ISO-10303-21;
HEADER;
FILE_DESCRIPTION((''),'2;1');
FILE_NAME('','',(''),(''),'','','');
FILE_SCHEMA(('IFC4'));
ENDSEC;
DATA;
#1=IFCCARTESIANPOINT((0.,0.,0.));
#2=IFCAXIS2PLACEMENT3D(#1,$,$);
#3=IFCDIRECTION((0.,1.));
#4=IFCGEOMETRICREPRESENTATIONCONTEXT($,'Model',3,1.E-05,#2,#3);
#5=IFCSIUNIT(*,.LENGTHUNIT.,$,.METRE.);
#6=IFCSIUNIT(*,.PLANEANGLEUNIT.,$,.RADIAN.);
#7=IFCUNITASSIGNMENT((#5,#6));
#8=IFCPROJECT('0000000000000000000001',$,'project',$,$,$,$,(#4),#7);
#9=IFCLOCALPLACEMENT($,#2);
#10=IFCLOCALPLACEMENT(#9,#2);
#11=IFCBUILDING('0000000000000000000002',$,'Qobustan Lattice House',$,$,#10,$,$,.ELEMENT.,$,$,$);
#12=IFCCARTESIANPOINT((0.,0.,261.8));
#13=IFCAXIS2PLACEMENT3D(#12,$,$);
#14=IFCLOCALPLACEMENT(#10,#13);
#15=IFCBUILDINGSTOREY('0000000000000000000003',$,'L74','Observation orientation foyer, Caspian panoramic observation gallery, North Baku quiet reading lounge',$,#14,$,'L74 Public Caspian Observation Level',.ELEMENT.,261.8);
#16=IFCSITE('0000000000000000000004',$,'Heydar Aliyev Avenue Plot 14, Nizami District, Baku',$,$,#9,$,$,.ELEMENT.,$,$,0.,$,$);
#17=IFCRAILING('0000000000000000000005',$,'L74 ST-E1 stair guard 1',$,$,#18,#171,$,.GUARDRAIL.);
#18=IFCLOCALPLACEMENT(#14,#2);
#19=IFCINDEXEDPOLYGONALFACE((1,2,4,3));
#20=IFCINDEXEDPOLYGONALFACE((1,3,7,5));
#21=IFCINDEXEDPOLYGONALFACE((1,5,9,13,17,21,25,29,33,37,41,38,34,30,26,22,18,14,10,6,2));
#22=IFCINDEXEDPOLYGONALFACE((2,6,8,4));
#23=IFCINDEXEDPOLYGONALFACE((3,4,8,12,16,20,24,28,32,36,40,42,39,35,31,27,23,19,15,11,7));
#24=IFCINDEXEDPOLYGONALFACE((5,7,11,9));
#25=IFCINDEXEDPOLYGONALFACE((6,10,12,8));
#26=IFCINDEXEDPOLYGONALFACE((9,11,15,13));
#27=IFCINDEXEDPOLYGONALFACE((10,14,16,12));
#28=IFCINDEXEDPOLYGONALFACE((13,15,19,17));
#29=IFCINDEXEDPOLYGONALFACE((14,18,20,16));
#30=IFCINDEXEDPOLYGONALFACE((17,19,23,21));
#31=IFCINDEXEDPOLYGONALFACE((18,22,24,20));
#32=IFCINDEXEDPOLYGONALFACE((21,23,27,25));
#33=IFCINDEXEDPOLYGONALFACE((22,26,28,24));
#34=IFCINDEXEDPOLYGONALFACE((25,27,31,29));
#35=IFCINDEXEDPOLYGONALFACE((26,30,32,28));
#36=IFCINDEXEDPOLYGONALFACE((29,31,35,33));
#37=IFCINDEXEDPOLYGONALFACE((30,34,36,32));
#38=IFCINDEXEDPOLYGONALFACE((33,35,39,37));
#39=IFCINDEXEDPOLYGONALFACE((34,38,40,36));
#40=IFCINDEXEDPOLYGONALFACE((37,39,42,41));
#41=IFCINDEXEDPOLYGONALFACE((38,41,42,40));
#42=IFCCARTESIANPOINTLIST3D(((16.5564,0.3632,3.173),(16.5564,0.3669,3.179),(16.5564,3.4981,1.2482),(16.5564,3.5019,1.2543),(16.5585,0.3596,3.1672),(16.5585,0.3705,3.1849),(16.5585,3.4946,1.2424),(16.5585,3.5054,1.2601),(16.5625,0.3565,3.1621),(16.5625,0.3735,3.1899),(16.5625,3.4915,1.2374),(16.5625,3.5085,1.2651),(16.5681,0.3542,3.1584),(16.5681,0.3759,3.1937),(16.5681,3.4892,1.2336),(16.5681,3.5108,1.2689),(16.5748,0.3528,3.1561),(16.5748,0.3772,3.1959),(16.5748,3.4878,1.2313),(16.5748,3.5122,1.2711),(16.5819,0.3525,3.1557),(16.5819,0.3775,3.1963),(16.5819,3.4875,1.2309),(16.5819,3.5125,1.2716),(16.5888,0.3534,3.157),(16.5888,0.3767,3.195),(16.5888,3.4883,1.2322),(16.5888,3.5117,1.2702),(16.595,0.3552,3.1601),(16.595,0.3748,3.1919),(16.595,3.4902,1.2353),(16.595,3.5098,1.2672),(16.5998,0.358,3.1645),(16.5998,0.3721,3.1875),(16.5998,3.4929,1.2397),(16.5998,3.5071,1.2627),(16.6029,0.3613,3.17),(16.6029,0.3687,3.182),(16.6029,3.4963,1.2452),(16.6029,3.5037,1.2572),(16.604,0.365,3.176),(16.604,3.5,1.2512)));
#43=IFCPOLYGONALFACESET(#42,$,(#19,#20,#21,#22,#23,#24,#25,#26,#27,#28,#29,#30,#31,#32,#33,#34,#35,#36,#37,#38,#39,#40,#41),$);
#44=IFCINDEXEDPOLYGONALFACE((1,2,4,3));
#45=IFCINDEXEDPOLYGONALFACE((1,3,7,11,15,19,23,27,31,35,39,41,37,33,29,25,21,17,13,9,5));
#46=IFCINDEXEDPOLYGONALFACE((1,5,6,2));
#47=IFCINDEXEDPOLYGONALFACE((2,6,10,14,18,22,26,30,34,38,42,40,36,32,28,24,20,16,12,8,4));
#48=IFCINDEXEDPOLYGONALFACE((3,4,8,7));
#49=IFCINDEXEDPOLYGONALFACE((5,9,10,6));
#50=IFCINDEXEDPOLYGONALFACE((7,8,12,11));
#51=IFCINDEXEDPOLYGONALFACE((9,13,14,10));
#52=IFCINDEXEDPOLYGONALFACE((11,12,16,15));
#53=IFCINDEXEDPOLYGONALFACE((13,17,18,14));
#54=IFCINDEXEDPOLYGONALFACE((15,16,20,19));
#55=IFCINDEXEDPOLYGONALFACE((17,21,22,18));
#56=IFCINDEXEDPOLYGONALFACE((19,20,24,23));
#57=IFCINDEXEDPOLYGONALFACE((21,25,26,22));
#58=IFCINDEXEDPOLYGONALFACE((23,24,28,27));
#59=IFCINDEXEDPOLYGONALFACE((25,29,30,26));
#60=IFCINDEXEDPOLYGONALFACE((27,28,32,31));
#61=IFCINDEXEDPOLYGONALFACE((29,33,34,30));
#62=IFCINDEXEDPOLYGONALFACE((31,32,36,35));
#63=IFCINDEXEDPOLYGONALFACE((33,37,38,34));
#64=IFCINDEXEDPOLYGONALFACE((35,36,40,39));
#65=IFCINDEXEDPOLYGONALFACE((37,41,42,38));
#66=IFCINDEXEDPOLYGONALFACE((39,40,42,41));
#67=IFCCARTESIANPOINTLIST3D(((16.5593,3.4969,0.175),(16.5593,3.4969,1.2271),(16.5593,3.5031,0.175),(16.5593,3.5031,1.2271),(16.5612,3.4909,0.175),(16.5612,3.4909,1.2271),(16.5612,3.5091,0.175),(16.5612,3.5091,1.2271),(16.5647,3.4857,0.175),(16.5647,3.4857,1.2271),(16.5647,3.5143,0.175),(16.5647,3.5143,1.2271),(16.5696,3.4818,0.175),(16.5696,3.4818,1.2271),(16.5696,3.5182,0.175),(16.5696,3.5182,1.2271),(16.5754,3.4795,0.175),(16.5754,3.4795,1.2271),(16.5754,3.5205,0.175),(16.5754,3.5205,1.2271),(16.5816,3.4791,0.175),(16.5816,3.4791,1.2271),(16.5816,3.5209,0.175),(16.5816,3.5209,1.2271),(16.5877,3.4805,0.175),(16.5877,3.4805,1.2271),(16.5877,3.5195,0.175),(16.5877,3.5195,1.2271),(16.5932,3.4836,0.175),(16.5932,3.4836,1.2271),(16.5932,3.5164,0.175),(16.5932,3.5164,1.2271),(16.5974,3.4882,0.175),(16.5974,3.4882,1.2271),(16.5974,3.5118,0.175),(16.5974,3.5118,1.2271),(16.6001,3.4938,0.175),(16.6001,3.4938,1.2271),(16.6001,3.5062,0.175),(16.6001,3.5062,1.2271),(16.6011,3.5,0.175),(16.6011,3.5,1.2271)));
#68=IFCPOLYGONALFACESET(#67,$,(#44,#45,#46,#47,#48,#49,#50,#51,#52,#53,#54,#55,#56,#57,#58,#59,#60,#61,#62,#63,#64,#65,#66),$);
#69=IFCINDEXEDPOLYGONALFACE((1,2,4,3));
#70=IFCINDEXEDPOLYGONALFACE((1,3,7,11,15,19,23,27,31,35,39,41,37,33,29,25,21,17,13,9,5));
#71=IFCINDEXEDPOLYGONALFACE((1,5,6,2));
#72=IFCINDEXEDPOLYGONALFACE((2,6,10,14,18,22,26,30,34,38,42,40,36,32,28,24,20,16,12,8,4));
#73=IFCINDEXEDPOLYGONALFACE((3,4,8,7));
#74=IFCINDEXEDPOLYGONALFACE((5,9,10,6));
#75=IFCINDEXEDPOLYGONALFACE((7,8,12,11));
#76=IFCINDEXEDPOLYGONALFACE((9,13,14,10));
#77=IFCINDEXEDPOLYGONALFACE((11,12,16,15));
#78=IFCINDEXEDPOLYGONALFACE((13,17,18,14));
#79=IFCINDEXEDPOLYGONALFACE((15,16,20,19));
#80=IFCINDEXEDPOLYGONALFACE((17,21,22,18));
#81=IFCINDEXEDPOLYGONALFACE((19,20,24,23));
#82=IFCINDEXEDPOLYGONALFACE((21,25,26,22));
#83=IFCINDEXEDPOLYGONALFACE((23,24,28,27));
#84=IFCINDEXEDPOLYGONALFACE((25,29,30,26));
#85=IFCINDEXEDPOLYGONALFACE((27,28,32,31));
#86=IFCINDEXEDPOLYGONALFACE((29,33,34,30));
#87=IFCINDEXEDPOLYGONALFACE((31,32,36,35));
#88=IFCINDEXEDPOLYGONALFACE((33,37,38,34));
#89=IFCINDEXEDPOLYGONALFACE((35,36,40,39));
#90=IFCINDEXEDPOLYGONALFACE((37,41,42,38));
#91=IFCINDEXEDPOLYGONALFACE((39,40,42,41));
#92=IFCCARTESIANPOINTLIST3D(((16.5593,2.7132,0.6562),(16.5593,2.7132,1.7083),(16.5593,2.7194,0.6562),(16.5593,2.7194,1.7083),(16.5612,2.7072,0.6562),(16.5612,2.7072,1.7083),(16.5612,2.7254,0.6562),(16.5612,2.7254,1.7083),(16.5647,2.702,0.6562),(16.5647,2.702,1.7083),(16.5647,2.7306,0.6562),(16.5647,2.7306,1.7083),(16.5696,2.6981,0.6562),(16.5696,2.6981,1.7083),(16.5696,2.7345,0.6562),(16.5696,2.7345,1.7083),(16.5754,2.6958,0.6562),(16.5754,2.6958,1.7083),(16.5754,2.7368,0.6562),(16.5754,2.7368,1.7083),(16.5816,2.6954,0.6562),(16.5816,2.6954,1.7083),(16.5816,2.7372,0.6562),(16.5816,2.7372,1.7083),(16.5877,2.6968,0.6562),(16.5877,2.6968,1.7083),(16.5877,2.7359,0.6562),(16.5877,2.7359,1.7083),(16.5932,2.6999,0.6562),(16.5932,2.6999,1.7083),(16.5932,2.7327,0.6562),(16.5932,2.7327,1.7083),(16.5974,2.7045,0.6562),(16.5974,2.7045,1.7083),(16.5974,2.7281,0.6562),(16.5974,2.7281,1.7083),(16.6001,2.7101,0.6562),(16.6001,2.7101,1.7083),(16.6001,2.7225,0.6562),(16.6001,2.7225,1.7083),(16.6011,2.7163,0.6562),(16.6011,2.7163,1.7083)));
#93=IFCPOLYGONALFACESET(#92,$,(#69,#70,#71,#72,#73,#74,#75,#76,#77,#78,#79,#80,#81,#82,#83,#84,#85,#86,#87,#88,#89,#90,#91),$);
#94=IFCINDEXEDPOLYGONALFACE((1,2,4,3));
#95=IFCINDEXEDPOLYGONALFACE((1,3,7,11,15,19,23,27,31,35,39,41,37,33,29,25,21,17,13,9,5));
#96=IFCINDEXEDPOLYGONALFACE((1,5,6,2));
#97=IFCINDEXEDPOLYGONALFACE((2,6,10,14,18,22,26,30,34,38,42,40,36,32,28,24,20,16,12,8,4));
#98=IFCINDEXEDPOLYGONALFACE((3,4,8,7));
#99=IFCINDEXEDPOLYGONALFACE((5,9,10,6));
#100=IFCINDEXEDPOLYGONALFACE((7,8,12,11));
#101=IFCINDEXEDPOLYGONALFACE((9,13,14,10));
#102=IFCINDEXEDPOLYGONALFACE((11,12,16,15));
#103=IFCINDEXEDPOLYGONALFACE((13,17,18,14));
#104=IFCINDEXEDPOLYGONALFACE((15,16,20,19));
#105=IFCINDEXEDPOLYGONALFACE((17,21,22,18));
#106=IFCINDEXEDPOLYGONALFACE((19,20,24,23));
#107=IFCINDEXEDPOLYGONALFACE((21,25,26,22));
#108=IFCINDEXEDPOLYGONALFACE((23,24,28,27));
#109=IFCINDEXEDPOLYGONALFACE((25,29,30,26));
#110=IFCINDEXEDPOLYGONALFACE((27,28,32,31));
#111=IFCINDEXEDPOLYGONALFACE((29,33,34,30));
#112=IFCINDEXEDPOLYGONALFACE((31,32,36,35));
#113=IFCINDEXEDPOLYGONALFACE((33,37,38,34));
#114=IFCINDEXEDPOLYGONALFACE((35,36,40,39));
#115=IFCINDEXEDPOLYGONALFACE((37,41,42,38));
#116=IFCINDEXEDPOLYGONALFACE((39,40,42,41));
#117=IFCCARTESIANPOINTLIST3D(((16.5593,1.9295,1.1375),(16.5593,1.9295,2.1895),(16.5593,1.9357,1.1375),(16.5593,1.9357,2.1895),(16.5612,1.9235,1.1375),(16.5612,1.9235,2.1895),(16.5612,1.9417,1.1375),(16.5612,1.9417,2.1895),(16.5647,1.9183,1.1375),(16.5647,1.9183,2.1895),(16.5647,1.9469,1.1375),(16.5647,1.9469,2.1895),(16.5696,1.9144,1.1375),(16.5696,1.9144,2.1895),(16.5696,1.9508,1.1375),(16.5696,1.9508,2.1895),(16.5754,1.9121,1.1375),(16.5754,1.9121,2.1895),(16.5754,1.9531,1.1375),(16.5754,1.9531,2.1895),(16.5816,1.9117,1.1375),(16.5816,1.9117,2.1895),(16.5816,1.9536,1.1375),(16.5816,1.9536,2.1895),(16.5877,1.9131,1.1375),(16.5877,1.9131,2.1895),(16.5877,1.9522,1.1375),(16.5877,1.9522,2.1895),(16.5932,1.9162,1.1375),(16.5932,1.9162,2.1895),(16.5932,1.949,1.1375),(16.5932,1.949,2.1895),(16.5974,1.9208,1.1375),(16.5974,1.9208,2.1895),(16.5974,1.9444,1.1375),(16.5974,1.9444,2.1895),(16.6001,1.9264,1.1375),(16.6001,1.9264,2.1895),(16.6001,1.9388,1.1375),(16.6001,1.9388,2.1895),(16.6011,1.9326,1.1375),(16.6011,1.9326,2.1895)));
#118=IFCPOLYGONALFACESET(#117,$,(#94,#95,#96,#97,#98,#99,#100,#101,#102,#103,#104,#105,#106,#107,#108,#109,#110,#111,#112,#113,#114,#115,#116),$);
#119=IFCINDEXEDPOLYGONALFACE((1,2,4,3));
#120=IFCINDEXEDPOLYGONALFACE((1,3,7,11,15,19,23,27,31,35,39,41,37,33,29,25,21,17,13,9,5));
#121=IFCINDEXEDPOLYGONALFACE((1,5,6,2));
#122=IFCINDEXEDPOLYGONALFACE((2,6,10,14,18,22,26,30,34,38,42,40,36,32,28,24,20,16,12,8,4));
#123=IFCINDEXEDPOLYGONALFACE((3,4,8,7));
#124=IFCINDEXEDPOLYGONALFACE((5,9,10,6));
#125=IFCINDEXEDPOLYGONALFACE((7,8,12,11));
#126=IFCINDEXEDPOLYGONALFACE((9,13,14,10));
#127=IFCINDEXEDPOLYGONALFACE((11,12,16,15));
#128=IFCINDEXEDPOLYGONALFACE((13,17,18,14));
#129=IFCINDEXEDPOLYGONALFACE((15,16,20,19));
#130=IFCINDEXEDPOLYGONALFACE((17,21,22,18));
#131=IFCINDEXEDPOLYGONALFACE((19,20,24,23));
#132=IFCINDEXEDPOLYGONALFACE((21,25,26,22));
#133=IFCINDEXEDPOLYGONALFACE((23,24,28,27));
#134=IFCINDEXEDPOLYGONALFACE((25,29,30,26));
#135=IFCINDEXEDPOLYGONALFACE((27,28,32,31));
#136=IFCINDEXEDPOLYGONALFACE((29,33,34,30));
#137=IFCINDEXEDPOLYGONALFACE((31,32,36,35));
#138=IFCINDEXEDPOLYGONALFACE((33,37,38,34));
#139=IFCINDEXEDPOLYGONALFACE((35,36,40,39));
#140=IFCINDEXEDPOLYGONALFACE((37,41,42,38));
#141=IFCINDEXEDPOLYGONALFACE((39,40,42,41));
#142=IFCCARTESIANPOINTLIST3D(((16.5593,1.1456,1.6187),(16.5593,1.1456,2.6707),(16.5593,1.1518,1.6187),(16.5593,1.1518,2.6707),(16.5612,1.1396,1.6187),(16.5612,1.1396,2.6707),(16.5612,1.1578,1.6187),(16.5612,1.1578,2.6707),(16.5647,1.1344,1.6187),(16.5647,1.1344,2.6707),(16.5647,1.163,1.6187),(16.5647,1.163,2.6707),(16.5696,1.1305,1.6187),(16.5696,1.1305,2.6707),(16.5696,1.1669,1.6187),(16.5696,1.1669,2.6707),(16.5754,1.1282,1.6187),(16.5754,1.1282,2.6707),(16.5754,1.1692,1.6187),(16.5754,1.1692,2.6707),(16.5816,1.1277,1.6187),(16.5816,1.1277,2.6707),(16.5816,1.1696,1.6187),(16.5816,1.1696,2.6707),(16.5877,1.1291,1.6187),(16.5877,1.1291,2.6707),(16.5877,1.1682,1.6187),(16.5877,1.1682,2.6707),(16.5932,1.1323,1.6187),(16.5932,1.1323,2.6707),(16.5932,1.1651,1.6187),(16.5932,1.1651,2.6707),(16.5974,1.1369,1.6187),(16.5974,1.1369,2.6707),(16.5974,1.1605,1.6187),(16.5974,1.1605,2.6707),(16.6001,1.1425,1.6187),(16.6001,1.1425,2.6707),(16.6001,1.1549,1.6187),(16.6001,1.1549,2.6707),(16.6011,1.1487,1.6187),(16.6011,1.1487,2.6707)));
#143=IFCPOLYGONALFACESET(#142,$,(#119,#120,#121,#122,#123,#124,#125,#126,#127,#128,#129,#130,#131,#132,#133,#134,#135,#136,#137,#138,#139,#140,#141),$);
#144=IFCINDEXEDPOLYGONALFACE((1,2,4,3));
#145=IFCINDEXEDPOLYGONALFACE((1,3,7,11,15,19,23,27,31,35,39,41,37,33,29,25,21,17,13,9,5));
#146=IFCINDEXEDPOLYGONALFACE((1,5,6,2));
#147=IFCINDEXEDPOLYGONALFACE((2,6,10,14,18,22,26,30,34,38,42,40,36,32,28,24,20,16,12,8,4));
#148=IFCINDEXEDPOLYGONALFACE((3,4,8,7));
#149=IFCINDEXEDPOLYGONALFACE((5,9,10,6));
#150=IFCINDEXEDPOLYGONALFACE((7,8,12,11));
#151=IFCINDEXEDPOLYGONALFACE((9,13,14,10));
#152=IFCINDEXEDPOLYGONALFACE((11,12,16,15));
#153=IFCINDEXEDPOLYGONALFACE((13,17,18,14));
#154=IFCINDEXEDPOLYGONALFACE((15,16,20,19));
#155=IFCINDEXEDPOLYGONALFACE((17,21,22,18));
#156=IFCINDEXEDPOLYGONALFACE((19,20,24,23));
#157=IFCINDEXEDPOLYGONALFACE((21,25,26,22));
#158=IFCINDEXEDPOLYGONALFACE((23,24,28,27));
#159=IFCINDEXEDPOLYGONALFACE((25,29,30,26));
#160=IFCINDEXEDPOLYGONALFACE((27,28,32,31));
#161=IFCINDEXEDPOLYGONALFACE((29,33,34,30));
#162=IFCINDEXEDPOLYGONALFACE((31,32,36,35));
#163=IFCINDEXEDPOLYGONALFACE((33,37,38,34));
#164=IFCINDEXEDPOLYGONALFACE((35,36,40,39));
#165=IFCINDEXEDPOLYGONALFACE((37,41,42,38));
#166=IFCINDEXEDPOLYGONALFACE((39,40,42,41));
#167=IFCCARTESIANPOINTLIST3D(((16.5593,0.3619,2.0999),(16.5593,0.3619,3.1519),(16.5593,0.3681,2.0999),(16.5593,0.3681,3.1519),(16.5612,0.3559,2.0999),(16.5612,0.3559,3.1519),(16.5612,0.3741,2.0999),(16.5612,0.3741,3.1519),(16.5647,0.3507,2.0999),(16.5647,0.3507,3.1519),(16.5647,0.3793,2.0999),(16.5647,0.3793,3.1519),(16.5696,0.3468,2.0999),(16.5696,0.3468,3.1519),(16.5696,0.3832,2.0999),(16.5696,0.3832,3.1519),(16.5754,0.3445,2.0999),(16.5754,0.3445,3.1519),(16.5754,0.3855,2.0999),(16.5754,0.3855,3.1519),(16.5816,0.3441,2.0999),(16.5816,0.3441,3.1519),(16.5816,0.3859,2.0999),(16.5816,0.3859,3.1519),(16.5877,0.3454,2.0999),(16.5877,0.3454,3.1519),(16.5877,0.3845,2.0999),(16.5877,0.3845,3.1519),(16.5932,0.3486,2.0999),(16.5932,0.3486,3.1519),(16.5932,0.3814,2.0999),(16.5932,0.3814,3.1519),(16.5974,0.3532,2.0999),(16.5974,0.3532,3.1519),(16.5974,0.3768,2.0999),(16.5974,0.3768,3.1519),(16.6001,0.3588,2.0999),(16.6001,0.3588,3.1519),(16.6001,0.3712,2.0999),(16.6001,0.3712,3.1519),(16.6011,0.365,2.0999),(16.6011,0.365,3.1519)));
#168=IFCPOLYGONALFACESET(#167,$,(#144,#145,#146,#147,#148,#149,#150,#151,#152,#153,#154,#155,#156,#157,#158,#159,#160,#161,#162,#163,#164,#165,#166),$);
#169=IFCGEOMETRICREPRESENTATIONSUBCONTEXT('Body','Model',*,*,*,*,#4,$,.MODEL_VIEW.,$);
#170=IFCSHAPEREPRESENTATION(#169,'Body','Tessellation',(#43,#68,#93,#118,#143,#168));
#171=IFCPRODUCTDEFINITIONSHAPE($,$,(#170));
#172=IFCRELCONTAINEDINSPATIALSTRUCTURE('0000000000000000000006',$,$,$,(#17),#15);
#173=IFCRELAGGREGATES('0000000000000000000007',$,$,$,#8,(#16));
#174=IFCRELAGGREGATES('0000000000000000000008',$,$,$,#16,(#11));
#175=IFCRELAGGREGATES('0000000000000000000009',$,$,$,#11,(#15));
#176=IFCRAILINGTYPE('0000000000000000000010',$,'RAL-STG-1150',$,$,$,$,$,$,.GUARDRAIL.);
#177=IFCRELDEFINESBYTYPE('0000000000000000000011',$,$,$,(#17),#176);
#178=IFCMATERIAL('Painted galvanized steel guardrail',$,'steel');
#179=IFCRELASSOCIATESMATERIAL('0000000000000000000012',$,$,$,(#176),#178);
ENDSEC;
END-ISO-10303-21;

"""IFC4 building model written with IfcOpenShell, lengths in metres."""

from ifc_helpers import new_model, si_unit, direction, frame, origin, origin_2d, place, context, subcontext, project, spatial, circle, extrude, material, type_object, element, save


model = new_model("IFC4")

# Units and contexts
model_context = context("Model", 3, precision=1e-05, world=origin(), true_north=direction((0.0, 1.0)))
body_context = subcontext(model_context, "Body", "Model", "MODEL_VIEW")
ifc_project = project(units=[si_unit("LENGTHUNIT", "METRE"), si_unit("PLANEANGLEUNIT", "RADIAN")], contexts=[model_context])

# Site, building, storey
site_placement = place(None, origin())
site = spatial("IfcSite", under=ifc_project, at=site_placement, Name="Heydar Aliyev Avenue Plot 14, Nizami District, Baku", CompositionType="ELEMENT", RefElevation=0.0)
building_placement = place(site_placement, origin())
building = spatial("IfcBuilding", under=site, at=building_placement, Name="Qobustan Lattice House", CompositionType="ELEMENT")
storey_placement = place(building_placement, frame((0.0, 0.0, 261.8)))
storey = spatial("IfcBuildingStorey", under=building, at=storey_placement, Name="L74", Description="Observation orientation foyer, Caspian panoramic observation gallery, North Baku quiet reading lounge", LongName="L74 Public Caspian Observation Level", CompositionType="ELEMENT", Elevation=261.8)

# Railing
ifc_material_1 = material(Name="Painted galvanized steel guardrail", Category="steel")
railing_type_1 = type_object("IfcRailingType", Name="RAL-STG-1150", PredefinedType="GUARDRAIL", material=ifc_material_1)
railing_1_placement = place(storey_placement, frame((16.5801, 3.5, 0.175)))
element("IfcRailing", 1, at=railing_1_placement, inside=storey, type_object=railing_type_1, Name="L74 ST-E1 stair guard 1", PredefinedType="GUARDRAIL", context=body_context, shape_type="SweptSolid", body=[
    extrude(circle(Radius=0.0239, at=origin_2d()), frame((0.0, 0.0, 1.0762), z_axis=(0.0, -0.852196, 0.523223), x_axis=(1.0, 0.0, 0.0)), (0.0, 0.0, 1.0), 3.6787),
    extrude(circle(Radius=0.021, at=origin_2d()), origin(), (0.0, 0.0, 1.0), 1.052),
    extrude(circle(Radius=0.021, at=origin_2d()), frame((0.0, -0.7837, 0.4812)), (0.0, 0.0, 1.0), 1.052),
    extrude(circle(Radius=0.021, at=origin_2d()), frame((0.0, -1.5674, 0.9624)), (0.0, 0.0, 1.0), 1.052),
    extrude(circle(Radius=0.021, at=origin_2d()), frame((0.0, -2.3513, 1.4436)), (0.0, 0.0, 1.0), 1.052),
    extrude(circle(Radius=0.021, at=origin_2d()), frame((0.0, -3.135, 1.9248)), (0.0, 0.0, 1.0), 1.052),
])

save(model, "model.ifc")
